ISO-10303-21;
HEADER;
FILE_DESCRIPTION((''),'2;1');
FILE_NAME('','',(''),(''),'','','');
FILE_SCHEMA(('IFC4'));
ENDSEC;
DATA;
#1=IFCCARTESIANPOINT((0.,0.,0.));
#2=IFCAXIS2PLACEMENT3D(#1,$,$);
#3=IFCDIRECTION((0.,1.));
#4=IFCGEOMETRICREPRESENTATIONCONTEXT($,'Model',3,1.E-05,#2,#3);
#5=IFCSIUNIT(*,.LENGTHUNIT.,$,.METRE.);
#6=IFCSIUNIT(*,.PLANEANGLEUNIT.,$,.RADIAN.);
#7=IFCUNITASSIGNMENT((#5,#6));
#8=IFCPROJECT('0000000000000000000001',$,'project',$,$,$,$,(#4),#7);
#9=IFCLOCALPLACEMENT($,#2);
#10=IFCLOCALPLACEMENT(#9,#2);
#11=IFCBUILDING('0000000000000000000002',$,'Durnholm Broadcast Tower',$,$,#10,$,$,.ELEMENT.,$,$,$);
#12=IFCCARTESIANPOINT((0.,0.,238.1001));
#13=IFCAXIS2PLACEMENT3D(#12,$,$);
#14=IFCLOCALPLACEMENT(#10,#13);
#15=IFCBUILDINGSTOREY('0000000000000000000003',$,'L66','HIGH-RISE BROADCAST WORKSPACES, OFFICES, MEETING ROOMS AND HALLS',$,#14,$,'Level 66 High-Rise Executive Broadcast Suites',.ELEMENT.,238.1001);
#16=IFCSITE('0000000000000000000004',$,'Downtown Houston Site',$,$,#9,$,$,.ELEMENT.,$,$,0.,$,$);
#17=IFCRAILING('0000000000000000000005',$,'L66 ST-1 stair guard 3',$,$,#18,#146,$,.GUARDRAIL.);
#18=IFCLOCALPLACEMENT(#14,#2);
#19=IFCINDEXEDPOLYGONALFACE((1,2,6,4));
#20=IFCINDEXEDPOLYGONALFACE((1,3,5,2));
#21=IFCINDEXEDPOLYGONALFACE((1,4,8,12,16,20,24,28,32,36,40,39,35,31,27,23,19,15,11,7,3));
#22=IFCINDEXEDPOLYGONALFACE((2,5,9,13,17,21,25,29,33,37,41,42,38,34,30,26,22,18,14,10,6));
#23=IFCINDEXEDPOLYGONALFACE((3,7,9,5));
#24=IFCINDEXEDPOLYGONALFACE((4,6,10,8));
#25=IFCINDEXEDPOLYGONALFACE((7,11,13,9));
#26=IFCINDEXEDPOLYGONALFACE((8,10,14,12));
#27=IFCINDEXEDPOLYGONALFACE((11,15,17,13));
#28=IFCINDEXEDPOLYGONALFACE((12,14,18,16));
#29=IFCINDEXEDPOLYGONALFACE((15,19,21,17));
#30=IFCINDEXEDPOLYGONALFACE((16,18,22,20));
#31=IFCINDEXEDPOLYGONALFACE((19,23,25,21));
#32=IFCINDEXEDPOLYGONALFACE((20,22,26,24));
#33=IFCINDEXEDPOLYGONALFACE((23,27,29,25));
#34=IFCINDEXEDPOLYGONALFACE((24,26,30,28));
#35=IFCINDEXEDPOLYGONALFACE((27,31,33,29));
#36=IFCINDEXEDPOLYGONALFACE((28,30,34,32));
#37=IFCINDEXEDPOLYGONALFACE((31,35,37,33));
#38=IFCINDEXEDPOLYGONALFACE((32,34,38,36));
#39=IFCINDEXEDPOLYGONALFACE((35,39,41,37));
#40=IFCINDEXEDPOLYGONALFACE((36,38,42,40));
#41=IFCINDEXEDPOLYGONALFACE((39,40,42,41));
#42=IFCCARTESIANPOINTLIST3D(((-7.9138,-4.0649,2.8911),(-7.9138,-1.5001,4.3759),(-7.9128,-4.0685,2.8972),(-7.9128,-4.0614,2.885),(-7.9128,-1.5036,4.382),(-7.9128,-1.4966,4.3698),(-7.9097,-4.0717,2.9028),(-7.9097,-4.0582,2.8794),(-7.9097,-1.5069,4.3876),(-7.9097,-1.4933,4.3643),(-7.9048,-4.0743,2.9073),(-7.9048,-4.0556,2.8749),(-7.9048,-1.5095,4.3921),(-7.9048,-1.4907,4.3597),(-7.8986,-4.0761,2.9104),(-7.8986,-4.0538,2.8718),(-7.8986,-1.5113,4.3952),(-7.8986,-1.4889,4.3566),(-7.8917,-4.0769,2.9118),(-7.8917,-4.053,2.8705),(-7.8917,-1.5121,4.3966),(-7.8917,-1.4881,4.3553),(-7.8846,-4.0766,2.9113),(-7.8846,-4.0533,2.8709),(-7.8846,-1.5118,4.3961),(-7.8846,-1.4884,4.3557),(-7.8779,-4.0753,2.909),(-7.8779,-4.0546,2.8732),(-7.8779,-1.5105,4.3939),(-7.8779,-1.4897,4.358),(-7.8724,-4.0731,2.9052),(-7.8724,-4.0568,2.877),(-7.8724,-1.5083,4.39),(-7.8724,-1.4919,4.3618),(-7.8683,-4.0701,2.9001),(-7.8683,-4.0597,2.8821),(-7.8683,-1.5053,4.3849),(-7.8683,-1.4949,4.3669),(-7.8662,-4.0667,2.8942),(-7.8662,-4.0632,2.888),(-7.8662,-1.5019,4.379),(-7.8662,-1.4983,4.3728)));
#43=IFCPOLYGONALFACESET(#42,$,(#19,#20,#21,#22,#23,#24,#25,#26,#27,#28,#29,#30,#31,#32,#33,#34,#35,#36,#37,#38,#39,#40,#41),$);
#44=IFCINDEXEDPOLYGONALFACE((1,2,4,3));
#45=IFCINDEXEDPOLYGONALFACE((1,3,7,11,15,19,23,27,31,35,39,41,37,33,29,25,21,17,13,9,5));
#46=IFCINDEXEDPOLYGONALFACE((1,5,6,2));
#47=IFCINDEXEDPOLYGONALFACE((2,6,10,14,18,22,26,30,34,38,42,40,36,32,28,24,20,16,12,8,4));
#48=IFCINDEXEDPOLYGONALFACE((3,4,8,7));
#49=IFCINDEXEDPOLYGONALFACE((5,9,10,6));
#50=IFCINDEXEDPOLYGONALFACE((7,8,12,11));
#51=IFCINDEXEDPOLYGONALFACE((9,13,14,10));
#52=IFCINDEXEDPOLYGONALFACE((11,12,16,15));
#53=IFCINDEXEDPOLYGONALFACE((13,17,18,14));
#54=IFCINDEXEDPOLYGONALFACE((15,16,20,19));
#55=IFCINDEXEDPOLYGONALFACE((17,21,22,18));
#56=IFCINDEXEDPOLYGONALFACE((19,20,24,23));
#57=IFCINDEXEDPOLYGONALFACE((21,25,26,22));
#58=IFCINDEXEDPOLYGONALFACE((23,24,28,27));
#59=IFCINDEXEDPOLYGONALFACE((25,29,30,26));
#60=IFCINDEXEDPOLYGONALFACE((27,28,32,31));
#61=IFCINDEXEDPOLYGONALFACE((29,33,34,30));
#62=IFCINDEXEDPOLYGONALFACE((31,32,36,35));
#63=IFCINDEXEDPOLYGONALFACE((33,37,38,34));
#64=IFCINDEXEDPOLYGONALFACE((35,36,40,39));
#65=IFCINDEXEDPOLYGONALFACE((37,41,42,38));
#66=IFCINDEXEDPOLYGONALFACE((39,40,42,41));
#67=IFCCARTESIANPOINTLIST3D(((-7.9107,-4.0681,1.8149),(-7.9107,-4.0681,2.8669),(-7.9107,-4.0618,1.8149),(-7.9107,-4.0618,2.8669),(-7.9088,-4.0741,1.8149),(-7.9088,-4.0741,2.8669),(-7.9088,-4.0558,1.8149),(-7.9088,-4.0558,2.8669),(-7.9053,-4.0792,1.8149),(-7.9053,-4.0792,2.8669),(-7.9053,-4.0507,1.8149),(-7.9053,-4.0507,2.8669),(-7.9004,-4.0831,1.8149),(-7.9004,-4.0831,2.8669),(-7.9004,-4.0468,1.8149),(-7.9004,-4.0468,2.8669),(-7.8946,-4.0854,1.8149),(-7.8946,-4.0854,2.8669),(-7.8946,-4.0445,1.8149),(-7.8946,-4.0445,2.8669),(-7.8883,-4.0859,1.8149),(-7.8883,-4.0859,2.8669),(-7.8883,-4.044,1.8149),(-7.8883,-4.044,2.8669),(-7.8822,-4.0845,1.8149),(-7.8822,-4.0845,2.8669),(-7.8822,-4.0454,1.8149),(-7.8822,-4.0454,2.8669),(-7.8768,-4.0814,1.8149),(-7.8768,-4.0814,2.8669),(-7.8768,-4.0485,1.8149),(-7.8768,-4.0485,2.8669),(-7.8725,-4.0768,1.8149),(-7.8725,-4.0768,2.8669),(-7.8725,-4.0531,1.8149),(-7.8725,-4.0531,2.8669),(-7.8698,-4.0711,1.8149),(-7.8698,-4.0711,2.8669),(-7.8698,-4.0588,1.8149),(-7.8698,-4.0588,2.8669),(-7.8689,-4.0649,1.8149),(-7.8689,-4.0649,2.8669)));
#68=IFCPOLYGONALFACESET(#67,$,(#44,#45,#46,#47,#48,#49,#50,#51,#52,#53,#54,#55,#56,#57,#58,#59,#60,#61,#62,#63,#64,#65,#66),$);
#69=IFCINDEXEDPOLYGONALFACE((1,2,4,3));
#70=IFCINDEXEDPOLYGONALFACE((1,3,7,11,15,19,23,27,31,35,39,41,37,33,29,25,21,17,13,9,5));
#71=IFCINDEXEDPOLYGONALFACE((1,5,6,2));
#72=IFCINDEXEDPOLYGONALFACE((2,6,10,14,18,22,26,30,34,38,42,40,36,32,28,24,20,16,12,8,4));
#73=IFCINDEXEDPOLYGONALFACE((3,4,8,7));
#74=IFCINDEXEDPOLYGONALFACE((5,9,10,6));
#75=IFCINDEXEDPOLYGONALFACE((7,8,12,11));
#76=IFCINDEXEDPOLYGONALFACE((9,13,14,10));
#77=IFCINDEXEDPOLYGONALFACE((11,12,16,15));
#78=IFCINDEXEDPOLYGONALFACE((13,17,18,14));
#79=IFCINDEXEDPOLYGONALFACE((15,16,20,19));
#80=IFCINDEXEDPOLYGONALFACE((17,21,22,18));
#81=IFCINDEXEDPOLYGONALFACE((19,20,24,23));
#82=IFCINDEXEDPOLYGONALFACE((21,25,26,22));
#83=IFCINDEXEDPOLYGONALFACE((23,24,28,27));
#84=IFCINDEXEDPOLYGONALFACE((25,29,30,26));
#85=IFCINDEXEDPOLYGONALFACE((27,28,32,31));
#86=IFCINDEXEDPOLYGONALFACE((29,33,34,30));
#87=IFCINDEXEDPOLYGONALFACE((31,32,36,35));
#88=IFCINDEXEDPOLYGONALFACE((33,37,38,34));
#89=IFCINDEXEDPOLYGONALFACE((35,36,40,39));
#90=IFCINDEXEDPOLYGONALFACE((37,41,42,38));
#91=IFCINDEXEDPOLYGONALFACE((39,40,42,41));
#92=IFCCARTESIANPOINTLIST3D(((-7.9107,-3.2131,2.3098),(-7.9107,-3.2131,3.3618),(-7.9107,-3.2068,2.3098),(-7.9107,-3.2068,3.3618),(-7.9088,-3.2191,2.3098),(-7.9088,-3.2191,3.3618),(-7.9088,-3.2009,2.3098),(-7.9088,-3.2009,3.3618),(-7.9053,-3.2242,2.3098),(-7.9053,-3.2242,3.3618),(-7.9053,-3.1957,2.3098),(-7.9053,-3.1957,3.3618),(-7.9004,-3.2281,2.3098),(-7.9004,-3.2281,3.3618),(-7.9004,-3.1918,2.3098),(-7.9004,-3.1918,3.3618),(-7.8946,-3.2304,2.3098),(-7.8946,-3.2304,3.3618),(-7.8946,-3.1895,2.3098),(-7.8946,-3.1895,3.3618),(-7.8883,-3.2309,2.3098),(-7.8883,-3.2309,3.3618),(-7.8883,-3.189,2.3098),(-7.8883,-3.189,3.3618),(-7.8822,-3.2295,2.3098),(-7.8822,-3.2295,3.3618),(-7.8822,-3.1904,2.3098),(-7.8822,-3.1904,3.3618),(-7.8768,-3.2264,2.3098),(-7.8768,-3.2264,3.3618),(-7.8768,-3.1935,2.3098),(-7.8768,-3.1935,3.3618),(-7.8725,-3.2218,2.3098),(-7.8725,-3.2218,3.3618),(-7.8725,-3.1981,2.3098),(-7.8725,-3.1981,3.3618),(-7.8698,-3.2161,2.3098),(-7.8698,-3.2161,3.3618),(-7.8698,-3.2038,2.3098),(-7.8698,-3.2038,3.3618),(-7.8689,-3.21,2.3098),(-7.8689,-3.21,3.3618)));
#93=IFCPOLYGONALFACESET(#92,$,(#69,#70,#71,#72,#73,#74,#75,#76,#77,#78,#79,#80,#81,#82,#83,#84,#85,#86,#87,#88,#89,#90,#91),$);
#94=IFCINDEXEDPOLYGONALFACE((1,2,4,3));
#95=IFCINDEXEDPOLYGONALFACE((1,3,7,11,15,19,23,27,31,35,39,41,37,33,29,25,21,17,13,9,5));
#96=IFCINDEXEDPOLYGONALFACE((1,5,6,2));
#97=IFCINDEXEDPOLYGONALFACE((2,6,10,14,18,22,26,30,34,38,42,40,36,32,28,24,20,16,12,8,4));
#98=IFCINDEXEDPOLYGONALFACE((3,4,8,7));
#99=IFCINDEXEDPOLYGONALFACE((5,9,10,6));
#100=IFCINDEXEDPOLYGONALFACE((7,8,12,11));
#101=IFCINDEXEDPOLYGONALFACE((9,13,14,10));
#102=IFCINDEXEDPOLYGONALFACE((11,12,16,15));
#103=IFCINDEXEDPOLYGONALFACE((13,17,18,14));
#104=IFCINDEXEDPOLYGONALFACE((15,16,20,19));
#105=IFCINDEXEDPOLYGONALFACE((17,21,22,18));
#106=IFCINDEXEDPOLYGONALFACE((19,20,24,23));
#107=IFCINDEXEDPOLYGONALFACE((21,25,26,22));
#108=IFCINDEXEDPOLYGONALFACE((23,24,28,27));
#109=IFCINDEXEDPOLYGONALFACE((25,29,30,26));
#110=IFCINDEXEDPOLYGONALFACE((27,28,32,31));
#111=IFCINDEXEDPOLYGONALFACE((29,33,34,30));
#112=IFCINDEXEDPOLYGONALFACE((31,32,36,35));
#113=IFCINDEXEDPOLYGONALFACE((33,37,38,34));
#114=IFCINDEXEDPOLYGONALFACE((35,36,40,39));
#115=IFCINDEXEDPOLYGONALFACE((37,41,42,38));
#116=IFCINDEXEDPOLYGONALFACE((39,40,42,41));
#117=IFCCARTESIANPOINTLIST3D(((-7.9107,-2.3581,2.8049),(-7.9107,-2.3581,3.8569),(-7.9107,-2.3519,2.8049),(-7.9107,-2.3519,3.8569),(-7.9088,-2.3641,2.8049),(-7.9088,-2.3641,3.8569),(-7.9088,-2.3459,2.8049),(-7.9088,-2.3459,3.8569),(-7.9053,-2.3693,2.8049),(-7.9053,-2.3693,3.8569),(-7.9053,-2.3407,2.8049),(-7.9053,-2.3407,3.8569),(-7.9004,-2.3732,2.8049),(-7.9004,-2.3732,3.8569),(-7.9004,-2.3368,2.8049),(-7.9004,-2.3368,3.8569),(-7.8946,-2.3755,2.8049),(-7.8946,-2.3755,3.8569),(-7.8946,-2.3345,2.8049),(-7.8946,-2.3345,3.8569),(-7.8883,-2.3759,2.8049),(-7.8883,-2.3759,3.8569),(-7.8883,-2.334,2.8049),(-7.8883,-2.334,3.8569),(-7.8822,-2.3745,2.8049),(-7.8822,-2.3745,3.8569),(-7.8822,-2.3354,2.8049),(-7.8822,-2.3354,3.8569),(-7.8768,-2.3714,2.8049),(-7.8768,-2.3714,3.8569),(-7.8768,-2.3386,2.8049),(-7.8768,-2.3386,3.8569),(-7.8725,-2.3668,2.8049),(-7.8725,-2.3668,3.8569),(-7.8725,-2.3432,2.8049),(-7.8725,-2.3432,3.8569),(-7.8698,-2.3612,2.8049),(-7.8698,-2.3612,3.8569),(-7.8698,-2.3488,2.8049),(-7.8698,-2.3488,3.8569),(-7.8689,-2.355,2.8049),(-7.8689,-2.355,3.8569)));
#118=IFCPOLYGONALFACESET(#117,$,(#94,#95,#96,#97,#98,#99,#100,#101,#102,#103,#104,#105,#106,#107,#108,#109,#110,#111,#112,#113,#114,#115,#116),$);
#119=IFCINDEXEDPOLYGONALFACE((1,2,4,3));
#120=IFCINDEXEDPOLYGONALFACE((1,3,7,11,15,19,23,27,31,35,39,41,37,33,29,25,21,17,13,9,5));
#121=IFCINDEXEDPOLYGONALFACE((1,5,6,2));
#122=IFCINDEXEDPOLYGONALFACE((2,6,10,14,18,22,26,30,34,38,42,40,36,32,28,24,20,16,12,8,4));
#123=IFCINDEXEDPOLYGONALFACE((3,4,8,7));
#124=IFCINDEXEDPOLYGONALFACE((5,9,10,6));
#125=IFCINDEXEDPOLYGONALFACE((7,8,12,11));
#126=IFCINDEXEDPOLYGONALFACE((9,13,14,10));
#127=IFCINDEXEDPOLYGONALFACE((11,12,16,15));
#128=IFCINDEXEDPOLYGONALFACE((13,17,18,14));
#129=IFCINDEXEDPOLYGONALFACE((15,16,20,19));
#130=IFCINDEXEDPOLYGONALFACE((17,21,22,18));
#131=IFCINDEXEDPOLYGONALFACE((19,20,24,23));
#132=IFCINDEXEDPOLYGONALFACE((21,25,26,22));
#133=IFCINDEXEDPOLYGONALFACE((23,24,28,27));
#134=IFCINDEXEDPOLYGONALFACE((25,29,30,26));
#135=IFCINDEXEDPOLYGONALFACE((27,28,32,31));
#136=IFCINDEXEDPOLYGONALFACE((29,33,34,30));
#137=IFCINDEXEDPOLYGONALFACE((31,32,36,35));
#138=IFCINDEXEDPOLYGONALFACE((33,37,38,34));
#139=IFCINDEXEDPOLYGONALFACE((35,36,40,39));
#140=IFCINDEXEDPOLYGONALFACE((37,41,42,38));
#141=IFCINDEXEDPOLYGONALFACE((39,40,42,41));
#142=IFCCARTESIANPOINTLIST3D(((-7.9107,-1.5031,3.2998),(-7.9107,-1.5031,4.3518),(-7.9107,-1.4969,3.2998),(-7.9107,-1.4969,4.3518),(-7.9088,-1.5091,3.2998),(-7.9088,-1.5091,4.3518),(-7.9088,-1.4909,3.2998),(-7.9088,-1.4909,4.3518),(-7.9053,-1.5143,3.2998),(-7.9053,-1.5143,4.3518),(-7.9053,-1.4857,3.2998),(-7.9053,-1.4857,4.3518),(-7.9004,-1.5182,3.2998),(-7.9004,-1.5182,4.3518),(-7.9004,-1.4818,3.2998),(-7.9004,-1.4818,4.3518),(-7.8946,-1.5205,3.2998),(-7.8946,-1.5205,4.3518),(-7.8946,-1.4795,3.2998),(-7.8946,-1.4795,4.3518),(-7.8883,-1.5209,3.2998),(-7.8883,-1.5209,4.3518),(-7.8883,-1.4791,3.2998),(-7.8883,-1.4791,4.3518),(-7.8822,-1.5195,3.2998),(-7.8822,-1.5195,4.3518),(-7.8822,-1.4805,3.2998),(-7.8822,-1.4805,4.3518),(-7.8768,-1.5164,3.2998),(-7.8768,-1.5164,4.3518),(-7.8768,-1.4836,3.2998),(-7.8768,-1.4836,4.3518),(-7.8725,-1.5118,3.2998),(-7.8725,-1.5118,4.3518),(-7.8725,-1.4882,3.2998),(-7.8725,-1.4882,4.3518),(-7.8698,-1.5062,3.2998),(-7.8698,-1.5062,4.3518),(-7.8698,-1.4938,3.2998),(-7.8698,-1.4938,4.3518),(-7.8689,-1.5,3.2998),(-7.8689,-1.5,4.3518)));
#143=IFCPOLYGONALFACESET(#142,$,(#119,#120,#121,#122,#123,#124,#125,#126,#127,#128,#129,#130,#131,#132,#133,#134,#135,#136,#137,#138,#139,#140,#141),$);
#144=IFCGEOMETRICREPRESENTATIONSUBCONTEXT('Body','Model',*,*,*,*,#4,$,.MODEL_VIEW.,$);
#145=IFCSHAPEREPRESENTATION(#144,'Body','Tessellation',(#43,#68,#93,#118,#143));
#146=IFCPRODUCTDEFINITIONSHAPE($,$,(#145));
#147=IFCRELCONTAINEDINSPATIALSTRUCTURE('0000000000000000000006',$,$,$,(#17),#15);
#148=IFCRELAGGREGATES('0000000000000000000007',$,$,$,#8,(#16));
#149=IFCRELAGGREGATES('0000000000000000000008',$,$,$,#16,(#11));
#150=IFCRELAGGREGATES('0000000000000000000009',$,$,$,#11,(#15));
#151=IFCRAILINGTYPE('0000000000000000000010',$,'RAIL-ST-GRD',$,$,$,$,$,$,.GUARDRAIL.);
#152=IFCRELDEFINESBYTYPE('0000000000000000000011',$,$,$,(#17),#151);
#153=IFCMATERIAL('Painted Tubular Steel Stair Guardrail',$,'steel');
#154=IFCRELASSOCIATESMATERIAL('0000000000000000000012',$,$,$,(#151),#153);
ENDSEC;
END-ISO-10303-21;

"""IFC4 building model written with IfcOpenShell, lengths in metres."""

from ifc_helpers import new_model, si_unit, direction, frame, origin, origin_2d, place, context, subcontext, project, spatial, circle, extrude, material, type_object, element, save


model = new_model("IFC4")

# Units and contexts
model_context = context("Model", 3, precision=1e-05, world=origin(), true_north=direction((0.0, 1.0)))
body_context = subcontext(model_context, "Body", "Model", "MODEL_VIEW")
ifc_project = project(units=[si_unit("LENGTHUNIT", "METRE"), si_unit("PLANEANGLEUNIT", "RADIAN")], contexts=[model_context])

# Site, building, storey
site_placement = place(None, origin())
site = spatial("IfcSite", under=ifc_project, at=site_placement, Name="Downtown Houston Site", CompositionType="ELEMENT", RefElevation=0.0)
building_placement = place(site_placement, origin())
building = spatial("IfcBuilding", under=site, at=building_placement, Name="Durnholm Broadcast Tower", CompositionType="ELEMENT")
storey_placement = place(building_placement, frame((0.0, 0.0, 238.1001)))
storey = spatial("IfcBuildingStorey", under=building, at=storey_placement, Name="L66", Description="HIGH-RISE BROADCAST WORKSPACES, OFFICES, MEETING ROOMS AND HALLS", LongName="Level 66 High-Rise Executive Broadcast Suites", CompositionType="ELEMENT", Elevation=238.1001)

# Railing
ifc_material_1 = material(Name="Painted Tubular Steel Stair Guardrail", Category="steel")
railing_type_1 = type_object("IfcRailingType", Name="RAIL-ST-GRD", PredefinedType="GUARDRAIL", material=ifc_material_1)
railing_1_placement = place(storey_placement, frame((-7.8899, -4.0649, 1.8149)))
element("IfcRailing", 1, at=railing_1_placement, inside=storey, type_object=railing_type_1, Name="L66 ST-1 stair guard 3", PredefinedType="GUARDRAIL", context=body_context, shape_type="SweptSolid", body=[
    extrude(circle(Radius=0.0239, at=origin_2d()), frame((0.0, 0.0, 1.0762), z_axis=(0.0, 0.865441, 0.50101), x_axis=(-1.0, 0.0, 0.0)), (0.0, 0.0, 1.0), 2.9636),
    extrude(circle(Radius=0.021, at=origin_2d()), origin(), (0.0, 0.0, 1.0), 1.052),
    extrude(circle(Radius=0.021, at=origin_2d()), frame((0.0, 0.855, 0.4949)), (0.0, 0.0, 1.0), 1.052),
    extrude(circle(Radius=0.021, at=origin_2d()), frame((0.0, 1.71, 0.99)), (0.0, 0.0, 1.0), 1.052),
    extrude(circle(Radius=0.021, at=origin_2d()), frame((0.0, 2.5649, 1.4849)), (0.0, 0.0, 1.0), 1.052),
])

save(model, "model.ifc")
